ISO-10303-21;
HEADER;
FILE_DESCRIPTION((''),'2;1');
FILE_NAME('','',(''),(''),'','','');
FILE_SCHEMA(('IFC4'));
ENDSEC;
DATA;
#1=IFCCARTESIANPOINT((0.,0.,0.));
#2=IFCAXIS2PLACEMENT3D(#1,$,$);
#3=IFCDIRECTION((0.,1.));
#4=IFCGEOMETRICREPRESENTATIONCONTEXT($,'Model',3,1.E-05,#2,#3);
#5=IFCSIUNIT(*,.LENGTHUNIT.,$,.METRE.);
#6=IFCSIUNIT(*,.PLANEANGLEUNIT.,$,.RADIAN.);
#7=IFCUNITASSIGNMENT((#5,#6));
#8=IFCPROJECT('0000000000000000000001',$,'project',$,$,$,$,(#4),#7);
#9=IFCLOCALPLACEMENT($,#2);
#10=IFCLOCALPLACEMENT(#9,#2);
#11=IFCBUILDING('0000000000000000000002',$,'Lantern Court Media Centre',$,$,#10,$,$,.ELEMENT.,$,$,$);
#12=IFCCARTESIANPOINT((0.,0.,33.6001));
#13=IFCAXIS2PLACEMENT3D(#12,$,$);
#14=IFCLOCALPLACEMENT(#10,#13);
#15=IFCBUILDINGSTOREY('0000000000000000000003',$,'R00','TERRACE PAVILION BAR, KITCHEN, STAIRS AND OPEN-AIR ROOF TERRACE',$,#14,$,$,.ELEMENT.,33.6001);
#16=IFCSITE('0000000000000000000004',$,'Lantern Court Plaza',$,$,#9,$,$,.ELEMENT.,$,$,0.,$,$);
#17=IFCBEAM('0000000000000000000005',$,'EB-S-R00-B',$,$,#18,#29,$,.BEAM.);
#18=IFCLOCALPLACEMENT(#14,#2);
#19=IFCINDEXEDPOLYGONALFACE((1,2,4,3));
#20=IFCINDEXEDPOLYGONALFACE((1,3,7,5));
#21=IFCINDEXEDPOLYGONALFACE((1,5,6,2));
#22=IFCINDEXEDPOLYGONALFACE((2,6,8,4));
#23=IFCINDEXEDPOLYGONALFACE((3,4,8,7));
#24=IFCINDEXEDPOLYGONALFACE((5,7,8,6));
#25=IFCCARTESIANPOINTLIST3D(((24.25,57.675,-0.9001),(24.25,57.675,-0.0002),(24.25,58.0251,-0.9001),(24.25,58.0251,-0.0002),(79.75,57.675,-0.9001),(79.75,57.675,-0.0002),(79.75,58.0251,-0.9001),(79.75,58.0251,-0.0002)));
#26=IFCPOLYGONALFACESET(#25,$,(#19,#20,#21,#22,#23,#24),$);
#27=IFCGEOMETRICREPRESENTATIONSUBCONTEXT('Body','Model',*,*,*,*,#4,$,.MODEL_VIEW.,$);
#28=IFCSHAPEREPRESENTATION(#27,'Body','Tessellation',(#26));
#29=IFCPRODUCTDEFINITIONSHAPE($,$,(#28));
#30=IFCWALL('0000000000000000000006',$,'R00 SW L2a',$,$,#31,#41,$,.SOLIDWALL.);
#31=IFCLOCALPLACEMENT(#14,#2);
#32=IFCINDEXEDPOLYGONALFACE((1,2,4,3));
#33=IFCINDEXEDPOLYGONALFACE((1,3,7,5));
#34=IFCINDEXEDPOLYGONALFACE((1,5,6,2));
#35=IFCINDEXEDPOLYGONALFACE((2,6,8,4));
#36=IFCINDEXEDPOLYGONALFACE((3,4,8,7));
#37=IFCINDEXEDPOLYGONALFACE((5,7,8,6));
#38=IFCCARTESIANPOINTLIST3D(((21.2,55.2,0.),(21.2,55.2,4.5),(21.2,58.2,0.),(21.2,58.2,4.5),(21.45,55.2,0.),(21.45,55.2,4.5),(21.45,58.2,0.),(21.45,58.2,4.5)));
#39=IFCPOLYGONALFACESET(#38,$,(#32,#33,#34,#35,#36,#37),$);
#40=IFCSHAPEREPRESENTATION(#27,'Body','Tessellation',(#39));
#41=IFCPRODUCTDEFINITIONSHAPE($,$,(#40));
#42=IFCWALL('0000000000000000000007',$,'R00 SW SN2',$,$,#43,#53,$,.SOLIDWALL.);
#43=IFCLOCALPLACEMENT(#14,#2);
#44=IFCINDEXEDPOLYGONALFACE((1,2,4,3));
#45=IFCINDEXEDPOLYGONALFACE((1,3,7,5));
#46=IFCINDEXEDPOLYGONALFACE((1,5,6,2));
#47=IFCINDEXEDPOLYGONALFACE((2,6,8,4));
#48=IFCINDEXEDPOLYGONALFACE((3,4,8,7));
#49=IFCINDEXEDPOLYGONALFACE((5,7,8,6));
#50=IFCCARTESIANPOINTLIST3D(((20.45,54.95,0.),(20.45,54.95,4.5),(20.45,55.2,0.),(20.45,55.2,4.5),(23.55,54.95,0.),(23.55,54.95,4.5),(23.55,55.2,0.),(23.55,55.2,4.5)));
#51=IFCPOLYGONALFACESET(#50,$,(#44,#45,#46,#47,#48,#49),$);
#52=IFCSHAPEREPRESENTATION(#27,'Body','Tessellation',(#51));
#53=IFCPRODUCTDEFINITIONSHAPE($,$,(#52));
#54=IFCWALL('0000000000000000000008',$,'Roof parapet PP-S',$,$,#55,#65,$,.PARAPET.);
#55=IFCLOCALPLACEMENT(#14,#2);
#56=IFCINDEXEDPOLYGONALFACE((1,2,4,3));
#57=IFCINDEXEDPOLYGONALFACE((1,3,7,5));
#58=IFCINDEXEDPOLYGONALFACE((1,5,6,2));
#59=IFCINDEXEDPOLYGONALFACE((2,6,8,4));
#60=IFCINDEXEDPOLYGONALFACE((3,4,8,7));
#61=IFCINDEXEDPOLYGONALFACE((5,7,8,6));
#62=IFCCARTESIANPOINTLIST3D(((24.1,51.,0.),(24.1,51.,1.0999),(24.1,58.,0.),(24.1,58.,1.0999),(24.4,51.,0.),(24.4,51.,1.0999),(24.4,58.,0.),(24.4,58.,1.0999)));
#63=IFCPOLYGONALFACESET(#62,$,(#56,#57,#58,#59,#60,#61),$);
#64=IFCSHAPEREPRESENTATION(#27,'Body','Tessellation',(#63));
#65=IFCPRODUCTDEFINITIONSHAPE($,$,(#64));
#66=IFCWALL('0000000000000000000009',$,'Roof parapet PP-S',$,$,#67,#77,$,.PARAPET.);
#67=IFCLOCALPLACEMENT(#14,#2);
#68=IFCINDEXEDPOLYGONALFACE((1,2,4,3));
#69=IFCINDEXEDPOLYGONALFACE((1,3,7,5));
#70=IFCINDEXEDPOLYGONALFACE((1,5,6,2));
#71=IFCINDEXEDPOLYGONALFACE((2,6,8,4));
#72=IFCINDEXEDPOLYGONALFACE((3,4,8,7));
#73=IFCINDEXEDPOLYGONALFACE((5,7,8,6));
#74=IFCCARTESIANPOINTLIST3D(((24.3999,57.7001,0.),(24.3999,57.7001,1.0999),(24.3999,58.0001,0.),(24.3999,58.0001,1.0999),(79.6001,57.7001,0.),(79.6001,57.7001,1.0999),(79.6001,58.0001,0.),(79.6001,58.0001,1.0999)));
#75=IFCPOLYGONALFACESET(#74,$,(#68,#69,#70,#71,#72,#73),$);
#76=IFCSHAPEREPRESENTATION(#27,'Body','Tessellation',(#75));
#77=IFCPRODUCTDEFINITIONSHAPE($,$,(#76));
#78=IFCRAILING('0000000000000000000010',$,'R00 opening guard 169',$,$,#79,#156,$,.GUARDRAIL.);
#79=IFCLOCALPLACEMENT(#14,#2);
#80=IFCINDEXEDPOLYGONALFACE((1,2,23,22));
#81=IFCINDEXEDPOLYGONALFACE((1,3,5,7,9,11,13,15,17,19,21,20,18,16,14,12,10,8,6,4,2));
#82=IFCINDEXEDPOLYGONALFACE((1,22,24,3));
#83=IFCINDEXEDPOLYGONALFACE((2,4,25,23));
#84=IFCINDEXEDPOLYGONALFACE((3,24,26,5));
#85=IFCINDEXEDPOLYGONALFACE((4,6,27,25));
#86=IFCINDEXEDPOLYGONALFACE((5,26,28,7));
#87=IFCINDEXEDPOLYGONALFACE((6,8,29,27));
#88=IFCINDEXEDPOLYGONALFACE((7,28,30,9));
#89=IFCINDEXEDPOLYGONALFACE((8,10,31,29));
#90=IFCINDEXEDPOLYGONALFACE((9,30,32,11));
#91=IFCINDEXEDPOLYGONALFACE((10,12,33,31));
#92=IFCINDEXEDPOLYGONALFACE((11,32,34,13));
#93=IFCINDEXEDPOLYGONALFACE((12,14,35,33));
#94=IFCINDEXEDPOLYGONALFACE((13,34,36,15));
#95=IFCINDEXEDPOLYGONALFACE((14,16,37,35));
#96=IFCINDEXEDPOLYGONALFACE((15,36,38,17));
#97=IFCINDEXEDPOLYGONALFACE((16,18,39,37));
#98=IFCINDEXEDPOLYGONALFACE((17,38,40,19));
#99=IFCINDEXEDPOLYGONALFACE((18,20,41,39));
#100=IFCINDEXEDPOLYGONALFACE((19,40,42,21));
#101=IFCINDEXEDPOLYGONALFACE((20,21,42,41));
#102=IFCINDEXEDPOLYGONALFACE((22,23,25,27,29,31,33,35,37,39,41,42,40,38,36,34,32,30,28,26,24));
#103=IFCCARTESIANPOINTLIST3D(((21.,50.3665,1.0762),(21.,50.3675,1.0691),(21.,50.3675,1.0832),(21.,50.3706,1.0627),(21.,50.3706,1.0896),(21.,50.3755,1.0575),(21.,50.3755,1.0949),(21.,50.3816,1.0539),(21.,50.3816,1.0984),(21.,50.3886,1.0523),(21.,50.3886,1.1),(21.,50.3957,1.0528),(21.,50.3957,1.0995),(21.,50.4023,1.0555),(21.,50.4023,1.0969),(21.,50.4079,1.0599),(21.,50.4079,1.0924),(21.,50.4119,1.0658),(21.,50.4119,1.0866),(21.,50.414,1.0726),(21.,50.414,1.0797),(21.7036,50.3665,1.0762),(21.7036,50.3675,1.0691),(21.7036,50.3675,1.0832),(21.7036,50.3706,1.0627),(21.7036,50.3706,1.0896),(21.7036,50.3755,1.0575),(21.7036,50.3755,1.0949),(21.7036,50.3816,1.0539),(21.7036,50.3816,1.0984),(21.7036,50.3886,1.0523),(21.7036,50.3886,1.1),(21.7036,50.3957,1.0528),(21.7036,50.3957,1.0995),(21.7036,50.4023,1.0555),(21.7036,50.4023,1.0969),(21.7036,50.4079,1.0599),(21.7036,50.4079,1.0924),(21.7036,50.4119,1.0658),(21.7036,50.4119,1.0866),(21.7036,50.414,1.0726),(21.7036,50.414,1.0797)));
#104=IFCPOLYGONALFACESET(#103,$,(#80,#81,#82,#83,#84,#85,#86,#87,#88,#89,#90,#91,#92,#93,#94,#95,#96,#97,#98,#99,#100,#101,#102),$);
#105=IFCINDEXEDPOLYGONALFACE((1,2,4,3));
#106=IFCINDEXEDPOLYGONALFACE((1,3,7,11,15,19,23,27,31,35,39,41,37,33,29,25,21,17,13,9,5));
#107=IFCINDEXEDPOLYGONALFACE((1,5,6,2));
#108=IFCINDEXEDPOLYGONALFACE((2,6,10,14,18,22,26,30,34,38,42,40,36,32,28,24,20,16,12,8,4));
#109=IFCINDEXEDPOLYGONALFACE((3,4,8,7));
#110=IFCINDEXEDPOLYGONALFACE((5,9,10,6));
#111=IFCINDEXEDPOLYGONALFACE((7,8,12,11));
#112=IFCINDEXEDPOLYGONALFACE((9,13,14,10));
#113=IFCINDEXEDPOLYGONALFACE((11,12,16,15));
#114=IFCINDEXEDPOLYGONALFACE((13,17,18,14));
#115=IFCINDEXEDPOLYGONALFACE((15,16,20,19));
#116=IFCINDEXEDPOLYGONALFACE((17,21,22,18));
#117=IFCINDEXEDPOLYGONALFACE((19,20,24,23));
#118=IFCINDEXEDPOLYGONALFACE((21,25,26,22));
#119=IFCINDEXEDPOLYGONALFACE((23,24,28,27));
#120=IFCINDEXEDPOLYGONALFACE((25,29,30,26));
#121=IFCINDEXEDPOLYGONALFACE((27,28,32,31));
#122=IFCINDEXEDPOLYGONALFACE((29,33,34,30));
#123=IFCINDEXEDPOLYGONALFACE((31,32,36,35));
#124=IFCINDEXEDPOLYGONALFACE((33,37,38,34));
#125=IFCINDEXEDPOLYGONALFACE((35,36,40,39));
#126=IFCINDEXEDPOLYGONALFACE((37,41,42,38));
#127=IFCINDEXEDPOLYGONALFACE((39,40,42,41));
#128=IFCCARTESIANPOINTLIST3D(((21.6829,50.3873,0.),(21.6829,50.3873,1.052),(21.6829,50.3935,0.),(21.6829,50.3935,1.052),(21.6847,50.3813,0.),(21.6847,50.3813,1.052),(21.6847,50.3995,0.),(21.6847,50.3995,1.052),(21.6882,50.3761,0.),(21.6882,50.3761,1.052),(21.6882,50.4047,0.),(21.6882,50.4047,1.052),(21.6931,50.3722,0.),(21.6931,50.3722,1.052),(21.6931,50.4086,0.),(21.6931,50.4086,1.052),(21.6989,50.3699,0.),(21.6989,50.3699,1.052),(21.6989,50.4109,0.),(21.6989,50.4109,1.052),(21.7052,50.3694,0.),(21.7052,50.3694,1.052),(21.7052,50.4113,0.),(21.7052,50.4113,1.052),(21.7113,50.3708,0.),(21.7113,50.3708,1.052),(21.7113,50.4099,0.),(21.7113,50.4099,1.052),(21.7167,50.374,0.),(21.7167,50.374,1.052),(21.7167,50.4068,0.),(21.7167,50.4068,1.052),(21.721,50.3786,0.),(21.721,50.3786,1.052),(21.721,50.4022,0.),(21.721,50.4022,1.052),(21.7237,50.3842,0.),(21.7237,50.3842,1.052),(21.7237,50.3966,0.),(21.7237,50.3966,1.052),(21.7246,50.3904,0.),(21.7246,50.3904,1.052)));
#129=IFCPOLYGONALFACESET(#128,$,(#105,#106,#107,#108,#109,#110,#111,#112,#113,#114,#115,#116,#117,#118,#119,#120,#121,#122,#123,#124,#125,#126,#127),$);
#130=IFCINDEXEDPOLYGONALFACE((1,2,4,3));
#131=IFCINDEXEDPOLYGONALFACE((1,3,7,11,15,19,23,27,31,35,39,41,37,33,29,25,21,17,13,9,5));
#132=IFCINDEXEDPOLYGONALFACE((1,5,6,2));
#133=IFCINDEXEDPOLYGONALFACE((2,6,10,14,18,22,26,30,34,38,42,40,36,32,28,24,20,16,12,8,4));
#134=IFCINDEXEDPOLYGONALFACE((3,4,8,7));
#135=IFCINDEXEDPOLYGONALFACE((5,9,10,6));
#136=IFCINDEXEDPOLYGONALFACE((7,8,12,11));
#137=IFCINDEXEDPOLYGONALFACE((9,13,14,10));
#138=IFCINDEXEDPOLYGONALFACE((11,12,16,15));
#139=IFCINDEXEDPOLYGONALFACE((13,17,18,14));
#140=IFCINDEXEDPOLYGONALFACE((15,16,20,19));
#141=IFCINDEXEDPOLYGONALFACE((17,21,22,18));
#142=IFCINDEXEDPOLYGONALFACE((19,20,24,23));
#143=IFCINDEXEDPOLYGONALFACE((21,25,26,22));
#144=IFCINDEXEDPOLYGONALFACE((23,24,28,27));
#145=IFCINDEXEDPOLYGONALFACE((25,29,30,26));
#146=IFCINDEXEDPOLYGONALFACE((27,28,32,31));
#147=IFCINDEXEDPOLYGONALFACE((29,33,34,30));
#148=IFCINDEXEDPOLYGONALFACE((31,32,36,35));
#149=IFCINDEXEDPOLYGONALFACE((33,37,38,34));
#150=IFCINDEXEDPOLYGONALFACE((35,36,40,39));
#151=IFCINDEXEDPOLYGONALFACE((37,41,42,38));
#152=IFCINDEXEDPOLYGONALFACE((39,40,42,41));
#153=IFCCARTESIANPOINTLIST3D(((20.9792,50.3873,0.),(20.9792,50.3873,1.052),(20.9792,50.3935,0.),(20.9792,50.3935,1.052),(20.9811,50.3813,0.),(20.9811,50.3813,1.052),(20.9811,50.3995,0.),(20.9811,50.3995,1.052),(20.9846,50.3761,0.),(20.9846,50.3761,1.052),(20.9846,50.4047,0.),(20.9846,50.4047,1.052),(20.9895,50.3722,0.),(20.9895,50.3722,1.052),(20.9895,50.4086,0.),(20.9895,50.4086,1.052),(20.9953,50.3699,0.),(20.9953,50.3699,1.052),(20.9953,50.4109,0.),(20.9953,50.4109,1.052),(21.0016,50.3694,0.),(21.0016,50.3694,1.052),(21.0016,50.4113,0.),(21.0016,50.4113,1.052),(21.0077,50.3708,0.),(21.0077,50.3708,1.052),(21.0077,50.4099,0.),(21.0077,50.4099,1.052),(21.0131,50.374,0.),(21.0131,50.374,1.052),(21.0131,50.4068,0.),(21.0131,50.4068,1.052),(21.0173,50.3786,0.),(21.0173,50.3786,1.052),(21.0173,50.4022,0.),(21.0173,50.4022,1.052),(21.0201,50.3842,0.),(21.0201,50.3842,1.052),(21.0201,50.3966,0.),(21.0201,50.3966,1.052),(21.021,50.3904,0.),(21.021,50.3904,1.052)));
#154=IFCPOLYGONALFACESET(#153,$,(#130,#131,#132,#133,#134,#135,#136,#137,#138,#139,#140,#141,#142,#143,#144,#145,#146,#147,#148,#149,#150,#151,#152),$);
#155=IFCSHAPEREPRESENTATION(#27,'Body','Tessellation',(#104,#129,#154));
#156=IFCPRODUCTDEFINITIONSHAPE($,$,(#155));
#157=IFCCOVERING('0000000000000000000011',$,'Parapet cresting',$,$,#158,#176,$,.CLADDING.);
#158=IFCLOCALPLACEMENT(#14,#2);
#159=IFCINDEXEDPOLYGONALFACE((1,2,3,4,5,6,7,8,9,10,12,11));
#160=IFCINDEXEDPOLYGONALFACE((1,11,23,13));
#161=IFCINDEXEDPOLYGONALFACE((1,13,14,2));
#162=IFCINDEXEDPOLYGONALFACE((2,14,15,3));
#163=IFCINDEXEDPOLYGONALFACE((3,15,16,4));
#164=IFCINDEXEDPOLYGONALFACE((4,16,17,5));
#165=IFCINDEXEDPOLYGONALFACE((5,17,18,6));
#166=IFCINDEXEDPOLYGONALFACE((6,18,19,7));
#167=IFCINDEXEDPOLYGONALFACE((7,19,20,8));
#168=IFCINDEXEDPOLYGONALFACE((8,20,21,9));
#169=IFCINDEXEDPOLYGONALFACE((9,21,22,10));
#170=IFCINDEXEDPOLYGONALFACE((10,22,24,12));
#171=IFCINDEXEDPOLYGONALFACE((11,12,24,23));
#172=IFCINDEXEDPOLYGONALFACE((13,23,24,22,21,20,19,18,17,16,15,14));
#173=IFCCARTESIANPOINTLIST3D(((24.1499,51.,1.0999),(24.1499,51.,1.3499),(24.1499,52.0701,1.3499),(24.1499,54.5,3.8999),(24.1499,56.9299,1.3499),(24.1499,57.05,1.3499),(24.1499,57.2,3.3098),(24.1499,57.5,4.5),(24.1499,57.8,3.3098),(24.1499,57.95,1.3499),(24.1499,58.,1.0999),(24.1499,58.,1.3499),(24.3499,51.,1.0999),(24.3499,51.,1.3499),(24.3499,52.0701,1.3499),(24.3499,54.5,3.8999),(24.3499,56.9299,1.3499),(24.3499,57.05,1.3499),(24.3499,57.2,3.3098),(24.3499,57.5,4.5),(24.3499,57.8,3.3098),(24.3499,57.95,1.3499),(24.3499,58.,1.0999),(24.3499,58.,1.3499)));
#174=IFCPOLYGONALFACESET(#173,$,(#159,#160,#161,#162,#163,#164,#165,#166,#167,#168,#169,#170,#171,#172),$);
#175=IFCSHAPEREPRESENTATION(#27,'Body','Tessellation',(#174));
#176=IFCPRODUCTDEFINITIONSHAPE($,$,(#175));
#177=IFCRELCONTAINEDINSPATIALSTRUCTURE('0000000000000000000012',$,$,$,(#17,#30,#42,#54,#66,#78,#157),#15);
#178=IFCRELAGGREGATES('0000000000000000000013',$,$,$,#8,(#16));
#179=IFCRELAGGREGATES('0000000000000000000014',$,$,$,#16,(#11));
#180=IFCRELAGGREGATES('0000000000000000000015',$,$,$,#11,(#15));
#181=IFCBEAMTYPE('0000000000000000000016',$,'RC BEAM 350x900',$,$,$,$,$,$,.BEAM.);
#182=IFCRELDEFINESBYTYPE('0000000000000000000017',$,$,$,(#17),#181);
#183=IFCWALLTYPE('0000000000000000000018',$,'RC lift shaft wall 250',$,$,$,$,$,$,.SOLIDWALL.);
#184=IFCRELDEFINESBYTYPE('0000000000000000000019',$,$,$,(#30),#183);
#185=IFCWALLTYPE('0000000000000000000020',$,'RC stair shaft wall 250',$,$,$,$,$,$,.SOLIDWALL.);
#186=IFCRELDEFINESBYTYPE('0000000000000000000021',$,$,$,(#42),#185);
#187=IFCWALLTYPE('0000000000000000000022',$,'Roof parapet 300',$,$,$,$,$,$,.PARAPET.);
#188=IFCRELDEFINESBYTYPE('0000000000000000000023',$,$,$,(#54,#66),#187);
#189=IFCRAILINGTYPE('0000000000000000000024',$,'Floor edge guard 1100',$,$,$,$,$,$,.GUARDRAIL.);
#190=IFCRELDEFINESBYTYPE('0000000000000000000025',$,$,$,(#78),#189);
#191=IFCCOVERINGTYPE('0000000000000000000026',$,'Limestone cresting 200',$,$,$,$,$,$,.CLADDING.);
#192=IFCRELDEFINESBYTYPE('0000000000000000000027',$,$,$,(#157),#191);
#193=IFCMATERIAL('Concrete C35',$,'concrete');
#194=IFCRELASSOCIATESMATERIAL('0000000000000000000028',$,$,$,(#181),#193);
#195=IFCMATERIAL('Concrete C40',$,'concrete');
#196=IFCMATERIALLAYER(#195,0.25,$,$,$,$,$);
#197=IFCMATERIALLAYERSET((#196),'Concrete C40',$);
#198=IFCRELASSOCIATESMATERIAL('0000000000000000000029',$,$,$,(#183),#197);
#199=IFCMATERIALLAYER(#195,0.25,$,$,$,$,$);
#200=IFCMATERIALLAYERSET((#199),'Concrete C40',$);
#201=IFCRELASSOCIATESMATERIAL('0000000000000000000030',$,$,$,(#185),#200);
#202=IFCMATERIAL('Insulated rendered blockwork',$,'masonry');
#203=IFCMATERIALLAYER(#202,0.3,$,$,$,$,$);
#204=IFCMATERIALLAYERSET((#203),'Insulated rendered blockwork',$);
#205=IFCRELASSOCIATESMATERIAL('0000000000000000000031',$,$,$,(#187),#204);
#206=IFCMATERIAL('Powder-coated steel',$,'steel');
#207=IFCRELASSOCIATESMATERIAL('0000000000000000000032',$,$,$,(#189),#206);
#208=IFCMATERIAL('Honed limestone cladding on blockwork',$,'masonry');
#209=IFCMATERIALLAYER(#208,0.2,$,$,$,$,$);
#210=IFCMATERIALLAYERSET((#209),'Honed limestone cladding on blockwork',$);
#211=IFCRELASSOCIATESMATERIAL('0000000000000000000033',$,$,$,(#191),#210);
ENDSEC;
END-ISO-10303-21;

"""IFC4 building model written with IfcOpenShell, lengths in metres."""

from ifc_helpers import new_model, si_unit, direction, frame, frame_2d, origin, origin_2d, place, context, subcontext, project, spatial, polyline, rectangle, circle, outline, extrude, material, layer, layer_set, material_profile, profile_set, type_object, element, save


model = new_model("IFC4")

# Units and contexts
model_context = context("Model", 3, precision=1e-05, world=origin(), true_north=direction((0.0, 1.0)))
body_context = subcontext(model_context, "Body", "Model", "MODEL_VIEW")
ifc_project = project(units=[si_unit("LENGTHUNIT", "METRE"), si_unit("PLANEANGLEUNIT", "RADIAN")], contexts=[model_context])

# Site, building, storey
site_placement = place(None, origin())
site = spatial("IfcSite", under=ifc_project, at=site_placement, Name="Lantern Court Plaza", CompositionType="ELEMENT", RefElevation=0.0)
building_placement = place(site_placement, origin())
building = spatial("IfcBuilding", under=site, at=building_placement, Name="Lantern Court Media Centre", CompositionType="ELEMENT")
storey_placement = place(building_placement, frame((0.0, 0.0, 33.6001)))
storey = spatial("IfcBuildingStorey", under=building, at=storey_placement, Name="R00", Description="TERRACE PAVILION BAR, KITCHEN, STAIRS AND OPEN-AIR ROOF TERRACE", CompositionType="ELEMENT", Elevation=33.6001)

# Beam
ifc_material_1 = material(Name="Concrete C35", Category="concrete")
ifc_material_profile = material_profile(ifc_material_1, rectangle(XDim=0.3501, YDim=0.8999, at=origin_2d()), Name="RC 350x900")
ifc_profile_set = profile_set([ifc_material_profile], Name="Concrete C35")
beam_type = type_object("IfcBeamType", Name="RC BEAM 350x900", PredefinedType="BEAM", material=ifc_profile_set)
beam_placement = place(storey_placement, frame((24.25, 57.8501, -0.4502), z_axis=(1.0, 0.0, 0.0), x_axis=(0.0, 1.0, 0.0)))
element("IfcBeam", 1, at=beam_placement, inside=storey, type_object=beam_type, Name="EB-S-R00-B", PredefinedType="BEAM", context=body_context, shape_type="SweptSolid", body=[
    extrude(rectangle(XDim=0.3501, YDim=0.8999, at=origin_2d()), origin(), (0.0, 0.0, 1.0), 55.5),
])

# Walls
ifc_material_2 = material(Name="Concrete C40", Category="concrete")
ifc_layer_1 = layer(ifc_material_2, 0.25)
ifc_layer_set_1 = layer_set([ifc_layer_1], Name="Concrete C40")
wall_type_1 = type_object("IfcWallType", Name="RC lift shaft wall 250", PredefinedType="SOLIDWALL", material=ifc_layer_set_1)
wall_1_placement = place(storey_placement, frame((21.325, 55.2, 0.0), z_axis=(0.0, 0.0, 1.0), x_axis=(0.0, 1.0, 0.0)))
element("IfcWall", 2, at=wall_1_placement, inside=storey, type_object=wall_type_1, Name="R00 SW L2a", PredefinedType="SOLIDWALL", context=body_context, shape_type="SweptSolid", body=[
    extrude(rectangle(XDim=3.0, YDim=0.25, at=frame_2d((1.5, 0.0))), origin(), (0.0, 0.0, 1.0), 4.5),
])
ifc_layer_2 = layer(ifc_material_2, 0.25)
ifc_layer_set_2 = layer_set([ifc_layer_2], Name="Concrete C40")
wall_type_2 = type_object("IfcWallType", Name="RC stair shaft wall 250", PredefinedType="SOLIDWALL", material=ifc_layer_set_2)
wall_2_placement = place(storey_placement, frame((20.45, 55.075, 0.0), z_axis=(0.0, 0.0, 1.0), x_axis=(1.0, 0.0, 0.0)))
element("IfcWall", 3, at=wall_2_placement, inside=storey, type_object=wall_type_2, Name="R00 SW SN2", PredefinedType="SOLIDWALL", context=body_context, shape_type="SweptSolid", body=[
    extrude(rectangle(XDim=3.1001, YDim=0.25, at=frame_2d((1.55, 0.0))), origin(), (0.0, 0.0, 1.0), 4.5),
])
ifc_material_3 = material(Name="Insulated rendered blockwork", Category="masonry")
ifc_layer_3 = layer(ifc_material_3, 0.3)
ifc_layer_set_3 = layer_set([ifc_layer_3], Name="Insulated rendered blockwork")
wall_type_3 = type_object("IfcWallType", Name="Roof parapet 300", PredefinedType="PARAPET", material=ifc_layer_set_3)
wall_3_placement = place(storey_placement, frame((24.25, 51.0, 0.0), z_axis=(0.0, 0.0, 1.0), x_axis=(0.0, 1.0, 0.0)))
element("IfcWall", 4, at=wall_3_placement, inside=storey, type_object=wall_type_3, Name="Roof parapet PP-S", PredefinedType="PARAPET", context=body_context, shape_type="SweptSolid", body=[
    extrude(rectangle(XDim=7.0, YDim=0.3, at=frame_2d((3.5, 0.0))), origin(), (0.0, 0.0, 1.0), 1.0999),
])
wall_4_placement = place(storey_placement, frame((24.3999, 57.8501, 0.0), z_axis=(0.0, 0.0, 1.0), x_axis=(1.0, 0.0, 0.0)))
element("IfcWall", 5, at=wall_4_placement, inside=storey, type_object=wall_type_3, Name="Roof parapet PP-S", PredefinedType="PARAPET", context=body_context, shape_type="SweptSolid", body=[
    extrude(rectangle(XDim=55.2002, YDim=0.3, at=frame_2d((27.6001, 0.0))), origin(), (0.0, 0.0, 1.0), 1.0999),
])

# Railing
ifc_material_4 = material(Name="Powder-coated steel", Category="steel")
railing_type_1 = type_object("IfcRailingType", Name="Floor edge guard 1100", PredefinedType="GUARDRAIL", material=ifc_material_4)
railing_1_placement = place(storey_placement, frame((21.7036, 50.3904, 0.0)))
element("IfcRailing", 6, at=railing_1_placement, inside=storey, type_object=railing_type_1, Name="R00 opening guard 169", PredefinedType="GUARDRAIL", context=body_context, shape_type="SweptSolid", body=[
    extrude(circle(Radius=0.0239, at=origin_2d()), frame((0.0, 0.0, 1.0762), z_axis=(-1.0, 0.0, 0.0), x_axis=(0.0, -1.0, 0.0)), (0.0, 0.0, 1.0), 0.7036),
    extrude(circle(Radius=0.021, at=origin_2d()), origin(), (0.0, 0.0, 1.0), 1.052),
    extrude(circle(Radius=0.021, at=origin_2d()), frame((-0.7036, 0.0, 0.0)), (0.0, 0.0, 1.0), 1.052),
])

# Covering
ifc_material_5 = material(Name="Honed limestone cladding on blockwork", Category="masonry")
ifc_layer_4 = layer(ifc_material_5, 0.2)
ifc_layer_set_4 = layer_set([ifc_layer_4], Name="Honed limestone cladding on blockwork")
covering_type_1 = type_object("IfcCoveringType", Name="Limestone cresting 200", PredefinedType="CLADDING", material=ifc_layer_set_4)
covering_1_placement = place(storey_placement, frame((24.25, 51.0, 1.0999), z_axis=(0.0, 0.0, 1.0), x_axis=(0.0, 1.0, 0.0)))
element("IfcCovering", 7, at=covering_1_placement, inside=storey, type_object=covering_type_1, Name="Parapet cresting", PredefinedType="CLADDING", context=body_context, shape_type="SweptSolid", body=[
    extrude(outline(polyline([(0.0, 0.0), (7.0, 0.0), (7.0, 0.25), (6.95, 0.25), (6.8, 2.21), (6.5, 3.4001), (6.2, 2.21), (6.05, 0.25), (5.9299, 0.25), (3.5, 2.8), (1.0701, 0.25), (0.0, 0.25), (0.0, 0.0)])), frame((0.0, 0.1001, 0.0), z_axis=(0.0, -1.0, 0.0), x_axis=(1.0, 0.0, 0.0)), (0.0, 0.0, 1.0), 0.2),
])

save(model, "model.ifc")
